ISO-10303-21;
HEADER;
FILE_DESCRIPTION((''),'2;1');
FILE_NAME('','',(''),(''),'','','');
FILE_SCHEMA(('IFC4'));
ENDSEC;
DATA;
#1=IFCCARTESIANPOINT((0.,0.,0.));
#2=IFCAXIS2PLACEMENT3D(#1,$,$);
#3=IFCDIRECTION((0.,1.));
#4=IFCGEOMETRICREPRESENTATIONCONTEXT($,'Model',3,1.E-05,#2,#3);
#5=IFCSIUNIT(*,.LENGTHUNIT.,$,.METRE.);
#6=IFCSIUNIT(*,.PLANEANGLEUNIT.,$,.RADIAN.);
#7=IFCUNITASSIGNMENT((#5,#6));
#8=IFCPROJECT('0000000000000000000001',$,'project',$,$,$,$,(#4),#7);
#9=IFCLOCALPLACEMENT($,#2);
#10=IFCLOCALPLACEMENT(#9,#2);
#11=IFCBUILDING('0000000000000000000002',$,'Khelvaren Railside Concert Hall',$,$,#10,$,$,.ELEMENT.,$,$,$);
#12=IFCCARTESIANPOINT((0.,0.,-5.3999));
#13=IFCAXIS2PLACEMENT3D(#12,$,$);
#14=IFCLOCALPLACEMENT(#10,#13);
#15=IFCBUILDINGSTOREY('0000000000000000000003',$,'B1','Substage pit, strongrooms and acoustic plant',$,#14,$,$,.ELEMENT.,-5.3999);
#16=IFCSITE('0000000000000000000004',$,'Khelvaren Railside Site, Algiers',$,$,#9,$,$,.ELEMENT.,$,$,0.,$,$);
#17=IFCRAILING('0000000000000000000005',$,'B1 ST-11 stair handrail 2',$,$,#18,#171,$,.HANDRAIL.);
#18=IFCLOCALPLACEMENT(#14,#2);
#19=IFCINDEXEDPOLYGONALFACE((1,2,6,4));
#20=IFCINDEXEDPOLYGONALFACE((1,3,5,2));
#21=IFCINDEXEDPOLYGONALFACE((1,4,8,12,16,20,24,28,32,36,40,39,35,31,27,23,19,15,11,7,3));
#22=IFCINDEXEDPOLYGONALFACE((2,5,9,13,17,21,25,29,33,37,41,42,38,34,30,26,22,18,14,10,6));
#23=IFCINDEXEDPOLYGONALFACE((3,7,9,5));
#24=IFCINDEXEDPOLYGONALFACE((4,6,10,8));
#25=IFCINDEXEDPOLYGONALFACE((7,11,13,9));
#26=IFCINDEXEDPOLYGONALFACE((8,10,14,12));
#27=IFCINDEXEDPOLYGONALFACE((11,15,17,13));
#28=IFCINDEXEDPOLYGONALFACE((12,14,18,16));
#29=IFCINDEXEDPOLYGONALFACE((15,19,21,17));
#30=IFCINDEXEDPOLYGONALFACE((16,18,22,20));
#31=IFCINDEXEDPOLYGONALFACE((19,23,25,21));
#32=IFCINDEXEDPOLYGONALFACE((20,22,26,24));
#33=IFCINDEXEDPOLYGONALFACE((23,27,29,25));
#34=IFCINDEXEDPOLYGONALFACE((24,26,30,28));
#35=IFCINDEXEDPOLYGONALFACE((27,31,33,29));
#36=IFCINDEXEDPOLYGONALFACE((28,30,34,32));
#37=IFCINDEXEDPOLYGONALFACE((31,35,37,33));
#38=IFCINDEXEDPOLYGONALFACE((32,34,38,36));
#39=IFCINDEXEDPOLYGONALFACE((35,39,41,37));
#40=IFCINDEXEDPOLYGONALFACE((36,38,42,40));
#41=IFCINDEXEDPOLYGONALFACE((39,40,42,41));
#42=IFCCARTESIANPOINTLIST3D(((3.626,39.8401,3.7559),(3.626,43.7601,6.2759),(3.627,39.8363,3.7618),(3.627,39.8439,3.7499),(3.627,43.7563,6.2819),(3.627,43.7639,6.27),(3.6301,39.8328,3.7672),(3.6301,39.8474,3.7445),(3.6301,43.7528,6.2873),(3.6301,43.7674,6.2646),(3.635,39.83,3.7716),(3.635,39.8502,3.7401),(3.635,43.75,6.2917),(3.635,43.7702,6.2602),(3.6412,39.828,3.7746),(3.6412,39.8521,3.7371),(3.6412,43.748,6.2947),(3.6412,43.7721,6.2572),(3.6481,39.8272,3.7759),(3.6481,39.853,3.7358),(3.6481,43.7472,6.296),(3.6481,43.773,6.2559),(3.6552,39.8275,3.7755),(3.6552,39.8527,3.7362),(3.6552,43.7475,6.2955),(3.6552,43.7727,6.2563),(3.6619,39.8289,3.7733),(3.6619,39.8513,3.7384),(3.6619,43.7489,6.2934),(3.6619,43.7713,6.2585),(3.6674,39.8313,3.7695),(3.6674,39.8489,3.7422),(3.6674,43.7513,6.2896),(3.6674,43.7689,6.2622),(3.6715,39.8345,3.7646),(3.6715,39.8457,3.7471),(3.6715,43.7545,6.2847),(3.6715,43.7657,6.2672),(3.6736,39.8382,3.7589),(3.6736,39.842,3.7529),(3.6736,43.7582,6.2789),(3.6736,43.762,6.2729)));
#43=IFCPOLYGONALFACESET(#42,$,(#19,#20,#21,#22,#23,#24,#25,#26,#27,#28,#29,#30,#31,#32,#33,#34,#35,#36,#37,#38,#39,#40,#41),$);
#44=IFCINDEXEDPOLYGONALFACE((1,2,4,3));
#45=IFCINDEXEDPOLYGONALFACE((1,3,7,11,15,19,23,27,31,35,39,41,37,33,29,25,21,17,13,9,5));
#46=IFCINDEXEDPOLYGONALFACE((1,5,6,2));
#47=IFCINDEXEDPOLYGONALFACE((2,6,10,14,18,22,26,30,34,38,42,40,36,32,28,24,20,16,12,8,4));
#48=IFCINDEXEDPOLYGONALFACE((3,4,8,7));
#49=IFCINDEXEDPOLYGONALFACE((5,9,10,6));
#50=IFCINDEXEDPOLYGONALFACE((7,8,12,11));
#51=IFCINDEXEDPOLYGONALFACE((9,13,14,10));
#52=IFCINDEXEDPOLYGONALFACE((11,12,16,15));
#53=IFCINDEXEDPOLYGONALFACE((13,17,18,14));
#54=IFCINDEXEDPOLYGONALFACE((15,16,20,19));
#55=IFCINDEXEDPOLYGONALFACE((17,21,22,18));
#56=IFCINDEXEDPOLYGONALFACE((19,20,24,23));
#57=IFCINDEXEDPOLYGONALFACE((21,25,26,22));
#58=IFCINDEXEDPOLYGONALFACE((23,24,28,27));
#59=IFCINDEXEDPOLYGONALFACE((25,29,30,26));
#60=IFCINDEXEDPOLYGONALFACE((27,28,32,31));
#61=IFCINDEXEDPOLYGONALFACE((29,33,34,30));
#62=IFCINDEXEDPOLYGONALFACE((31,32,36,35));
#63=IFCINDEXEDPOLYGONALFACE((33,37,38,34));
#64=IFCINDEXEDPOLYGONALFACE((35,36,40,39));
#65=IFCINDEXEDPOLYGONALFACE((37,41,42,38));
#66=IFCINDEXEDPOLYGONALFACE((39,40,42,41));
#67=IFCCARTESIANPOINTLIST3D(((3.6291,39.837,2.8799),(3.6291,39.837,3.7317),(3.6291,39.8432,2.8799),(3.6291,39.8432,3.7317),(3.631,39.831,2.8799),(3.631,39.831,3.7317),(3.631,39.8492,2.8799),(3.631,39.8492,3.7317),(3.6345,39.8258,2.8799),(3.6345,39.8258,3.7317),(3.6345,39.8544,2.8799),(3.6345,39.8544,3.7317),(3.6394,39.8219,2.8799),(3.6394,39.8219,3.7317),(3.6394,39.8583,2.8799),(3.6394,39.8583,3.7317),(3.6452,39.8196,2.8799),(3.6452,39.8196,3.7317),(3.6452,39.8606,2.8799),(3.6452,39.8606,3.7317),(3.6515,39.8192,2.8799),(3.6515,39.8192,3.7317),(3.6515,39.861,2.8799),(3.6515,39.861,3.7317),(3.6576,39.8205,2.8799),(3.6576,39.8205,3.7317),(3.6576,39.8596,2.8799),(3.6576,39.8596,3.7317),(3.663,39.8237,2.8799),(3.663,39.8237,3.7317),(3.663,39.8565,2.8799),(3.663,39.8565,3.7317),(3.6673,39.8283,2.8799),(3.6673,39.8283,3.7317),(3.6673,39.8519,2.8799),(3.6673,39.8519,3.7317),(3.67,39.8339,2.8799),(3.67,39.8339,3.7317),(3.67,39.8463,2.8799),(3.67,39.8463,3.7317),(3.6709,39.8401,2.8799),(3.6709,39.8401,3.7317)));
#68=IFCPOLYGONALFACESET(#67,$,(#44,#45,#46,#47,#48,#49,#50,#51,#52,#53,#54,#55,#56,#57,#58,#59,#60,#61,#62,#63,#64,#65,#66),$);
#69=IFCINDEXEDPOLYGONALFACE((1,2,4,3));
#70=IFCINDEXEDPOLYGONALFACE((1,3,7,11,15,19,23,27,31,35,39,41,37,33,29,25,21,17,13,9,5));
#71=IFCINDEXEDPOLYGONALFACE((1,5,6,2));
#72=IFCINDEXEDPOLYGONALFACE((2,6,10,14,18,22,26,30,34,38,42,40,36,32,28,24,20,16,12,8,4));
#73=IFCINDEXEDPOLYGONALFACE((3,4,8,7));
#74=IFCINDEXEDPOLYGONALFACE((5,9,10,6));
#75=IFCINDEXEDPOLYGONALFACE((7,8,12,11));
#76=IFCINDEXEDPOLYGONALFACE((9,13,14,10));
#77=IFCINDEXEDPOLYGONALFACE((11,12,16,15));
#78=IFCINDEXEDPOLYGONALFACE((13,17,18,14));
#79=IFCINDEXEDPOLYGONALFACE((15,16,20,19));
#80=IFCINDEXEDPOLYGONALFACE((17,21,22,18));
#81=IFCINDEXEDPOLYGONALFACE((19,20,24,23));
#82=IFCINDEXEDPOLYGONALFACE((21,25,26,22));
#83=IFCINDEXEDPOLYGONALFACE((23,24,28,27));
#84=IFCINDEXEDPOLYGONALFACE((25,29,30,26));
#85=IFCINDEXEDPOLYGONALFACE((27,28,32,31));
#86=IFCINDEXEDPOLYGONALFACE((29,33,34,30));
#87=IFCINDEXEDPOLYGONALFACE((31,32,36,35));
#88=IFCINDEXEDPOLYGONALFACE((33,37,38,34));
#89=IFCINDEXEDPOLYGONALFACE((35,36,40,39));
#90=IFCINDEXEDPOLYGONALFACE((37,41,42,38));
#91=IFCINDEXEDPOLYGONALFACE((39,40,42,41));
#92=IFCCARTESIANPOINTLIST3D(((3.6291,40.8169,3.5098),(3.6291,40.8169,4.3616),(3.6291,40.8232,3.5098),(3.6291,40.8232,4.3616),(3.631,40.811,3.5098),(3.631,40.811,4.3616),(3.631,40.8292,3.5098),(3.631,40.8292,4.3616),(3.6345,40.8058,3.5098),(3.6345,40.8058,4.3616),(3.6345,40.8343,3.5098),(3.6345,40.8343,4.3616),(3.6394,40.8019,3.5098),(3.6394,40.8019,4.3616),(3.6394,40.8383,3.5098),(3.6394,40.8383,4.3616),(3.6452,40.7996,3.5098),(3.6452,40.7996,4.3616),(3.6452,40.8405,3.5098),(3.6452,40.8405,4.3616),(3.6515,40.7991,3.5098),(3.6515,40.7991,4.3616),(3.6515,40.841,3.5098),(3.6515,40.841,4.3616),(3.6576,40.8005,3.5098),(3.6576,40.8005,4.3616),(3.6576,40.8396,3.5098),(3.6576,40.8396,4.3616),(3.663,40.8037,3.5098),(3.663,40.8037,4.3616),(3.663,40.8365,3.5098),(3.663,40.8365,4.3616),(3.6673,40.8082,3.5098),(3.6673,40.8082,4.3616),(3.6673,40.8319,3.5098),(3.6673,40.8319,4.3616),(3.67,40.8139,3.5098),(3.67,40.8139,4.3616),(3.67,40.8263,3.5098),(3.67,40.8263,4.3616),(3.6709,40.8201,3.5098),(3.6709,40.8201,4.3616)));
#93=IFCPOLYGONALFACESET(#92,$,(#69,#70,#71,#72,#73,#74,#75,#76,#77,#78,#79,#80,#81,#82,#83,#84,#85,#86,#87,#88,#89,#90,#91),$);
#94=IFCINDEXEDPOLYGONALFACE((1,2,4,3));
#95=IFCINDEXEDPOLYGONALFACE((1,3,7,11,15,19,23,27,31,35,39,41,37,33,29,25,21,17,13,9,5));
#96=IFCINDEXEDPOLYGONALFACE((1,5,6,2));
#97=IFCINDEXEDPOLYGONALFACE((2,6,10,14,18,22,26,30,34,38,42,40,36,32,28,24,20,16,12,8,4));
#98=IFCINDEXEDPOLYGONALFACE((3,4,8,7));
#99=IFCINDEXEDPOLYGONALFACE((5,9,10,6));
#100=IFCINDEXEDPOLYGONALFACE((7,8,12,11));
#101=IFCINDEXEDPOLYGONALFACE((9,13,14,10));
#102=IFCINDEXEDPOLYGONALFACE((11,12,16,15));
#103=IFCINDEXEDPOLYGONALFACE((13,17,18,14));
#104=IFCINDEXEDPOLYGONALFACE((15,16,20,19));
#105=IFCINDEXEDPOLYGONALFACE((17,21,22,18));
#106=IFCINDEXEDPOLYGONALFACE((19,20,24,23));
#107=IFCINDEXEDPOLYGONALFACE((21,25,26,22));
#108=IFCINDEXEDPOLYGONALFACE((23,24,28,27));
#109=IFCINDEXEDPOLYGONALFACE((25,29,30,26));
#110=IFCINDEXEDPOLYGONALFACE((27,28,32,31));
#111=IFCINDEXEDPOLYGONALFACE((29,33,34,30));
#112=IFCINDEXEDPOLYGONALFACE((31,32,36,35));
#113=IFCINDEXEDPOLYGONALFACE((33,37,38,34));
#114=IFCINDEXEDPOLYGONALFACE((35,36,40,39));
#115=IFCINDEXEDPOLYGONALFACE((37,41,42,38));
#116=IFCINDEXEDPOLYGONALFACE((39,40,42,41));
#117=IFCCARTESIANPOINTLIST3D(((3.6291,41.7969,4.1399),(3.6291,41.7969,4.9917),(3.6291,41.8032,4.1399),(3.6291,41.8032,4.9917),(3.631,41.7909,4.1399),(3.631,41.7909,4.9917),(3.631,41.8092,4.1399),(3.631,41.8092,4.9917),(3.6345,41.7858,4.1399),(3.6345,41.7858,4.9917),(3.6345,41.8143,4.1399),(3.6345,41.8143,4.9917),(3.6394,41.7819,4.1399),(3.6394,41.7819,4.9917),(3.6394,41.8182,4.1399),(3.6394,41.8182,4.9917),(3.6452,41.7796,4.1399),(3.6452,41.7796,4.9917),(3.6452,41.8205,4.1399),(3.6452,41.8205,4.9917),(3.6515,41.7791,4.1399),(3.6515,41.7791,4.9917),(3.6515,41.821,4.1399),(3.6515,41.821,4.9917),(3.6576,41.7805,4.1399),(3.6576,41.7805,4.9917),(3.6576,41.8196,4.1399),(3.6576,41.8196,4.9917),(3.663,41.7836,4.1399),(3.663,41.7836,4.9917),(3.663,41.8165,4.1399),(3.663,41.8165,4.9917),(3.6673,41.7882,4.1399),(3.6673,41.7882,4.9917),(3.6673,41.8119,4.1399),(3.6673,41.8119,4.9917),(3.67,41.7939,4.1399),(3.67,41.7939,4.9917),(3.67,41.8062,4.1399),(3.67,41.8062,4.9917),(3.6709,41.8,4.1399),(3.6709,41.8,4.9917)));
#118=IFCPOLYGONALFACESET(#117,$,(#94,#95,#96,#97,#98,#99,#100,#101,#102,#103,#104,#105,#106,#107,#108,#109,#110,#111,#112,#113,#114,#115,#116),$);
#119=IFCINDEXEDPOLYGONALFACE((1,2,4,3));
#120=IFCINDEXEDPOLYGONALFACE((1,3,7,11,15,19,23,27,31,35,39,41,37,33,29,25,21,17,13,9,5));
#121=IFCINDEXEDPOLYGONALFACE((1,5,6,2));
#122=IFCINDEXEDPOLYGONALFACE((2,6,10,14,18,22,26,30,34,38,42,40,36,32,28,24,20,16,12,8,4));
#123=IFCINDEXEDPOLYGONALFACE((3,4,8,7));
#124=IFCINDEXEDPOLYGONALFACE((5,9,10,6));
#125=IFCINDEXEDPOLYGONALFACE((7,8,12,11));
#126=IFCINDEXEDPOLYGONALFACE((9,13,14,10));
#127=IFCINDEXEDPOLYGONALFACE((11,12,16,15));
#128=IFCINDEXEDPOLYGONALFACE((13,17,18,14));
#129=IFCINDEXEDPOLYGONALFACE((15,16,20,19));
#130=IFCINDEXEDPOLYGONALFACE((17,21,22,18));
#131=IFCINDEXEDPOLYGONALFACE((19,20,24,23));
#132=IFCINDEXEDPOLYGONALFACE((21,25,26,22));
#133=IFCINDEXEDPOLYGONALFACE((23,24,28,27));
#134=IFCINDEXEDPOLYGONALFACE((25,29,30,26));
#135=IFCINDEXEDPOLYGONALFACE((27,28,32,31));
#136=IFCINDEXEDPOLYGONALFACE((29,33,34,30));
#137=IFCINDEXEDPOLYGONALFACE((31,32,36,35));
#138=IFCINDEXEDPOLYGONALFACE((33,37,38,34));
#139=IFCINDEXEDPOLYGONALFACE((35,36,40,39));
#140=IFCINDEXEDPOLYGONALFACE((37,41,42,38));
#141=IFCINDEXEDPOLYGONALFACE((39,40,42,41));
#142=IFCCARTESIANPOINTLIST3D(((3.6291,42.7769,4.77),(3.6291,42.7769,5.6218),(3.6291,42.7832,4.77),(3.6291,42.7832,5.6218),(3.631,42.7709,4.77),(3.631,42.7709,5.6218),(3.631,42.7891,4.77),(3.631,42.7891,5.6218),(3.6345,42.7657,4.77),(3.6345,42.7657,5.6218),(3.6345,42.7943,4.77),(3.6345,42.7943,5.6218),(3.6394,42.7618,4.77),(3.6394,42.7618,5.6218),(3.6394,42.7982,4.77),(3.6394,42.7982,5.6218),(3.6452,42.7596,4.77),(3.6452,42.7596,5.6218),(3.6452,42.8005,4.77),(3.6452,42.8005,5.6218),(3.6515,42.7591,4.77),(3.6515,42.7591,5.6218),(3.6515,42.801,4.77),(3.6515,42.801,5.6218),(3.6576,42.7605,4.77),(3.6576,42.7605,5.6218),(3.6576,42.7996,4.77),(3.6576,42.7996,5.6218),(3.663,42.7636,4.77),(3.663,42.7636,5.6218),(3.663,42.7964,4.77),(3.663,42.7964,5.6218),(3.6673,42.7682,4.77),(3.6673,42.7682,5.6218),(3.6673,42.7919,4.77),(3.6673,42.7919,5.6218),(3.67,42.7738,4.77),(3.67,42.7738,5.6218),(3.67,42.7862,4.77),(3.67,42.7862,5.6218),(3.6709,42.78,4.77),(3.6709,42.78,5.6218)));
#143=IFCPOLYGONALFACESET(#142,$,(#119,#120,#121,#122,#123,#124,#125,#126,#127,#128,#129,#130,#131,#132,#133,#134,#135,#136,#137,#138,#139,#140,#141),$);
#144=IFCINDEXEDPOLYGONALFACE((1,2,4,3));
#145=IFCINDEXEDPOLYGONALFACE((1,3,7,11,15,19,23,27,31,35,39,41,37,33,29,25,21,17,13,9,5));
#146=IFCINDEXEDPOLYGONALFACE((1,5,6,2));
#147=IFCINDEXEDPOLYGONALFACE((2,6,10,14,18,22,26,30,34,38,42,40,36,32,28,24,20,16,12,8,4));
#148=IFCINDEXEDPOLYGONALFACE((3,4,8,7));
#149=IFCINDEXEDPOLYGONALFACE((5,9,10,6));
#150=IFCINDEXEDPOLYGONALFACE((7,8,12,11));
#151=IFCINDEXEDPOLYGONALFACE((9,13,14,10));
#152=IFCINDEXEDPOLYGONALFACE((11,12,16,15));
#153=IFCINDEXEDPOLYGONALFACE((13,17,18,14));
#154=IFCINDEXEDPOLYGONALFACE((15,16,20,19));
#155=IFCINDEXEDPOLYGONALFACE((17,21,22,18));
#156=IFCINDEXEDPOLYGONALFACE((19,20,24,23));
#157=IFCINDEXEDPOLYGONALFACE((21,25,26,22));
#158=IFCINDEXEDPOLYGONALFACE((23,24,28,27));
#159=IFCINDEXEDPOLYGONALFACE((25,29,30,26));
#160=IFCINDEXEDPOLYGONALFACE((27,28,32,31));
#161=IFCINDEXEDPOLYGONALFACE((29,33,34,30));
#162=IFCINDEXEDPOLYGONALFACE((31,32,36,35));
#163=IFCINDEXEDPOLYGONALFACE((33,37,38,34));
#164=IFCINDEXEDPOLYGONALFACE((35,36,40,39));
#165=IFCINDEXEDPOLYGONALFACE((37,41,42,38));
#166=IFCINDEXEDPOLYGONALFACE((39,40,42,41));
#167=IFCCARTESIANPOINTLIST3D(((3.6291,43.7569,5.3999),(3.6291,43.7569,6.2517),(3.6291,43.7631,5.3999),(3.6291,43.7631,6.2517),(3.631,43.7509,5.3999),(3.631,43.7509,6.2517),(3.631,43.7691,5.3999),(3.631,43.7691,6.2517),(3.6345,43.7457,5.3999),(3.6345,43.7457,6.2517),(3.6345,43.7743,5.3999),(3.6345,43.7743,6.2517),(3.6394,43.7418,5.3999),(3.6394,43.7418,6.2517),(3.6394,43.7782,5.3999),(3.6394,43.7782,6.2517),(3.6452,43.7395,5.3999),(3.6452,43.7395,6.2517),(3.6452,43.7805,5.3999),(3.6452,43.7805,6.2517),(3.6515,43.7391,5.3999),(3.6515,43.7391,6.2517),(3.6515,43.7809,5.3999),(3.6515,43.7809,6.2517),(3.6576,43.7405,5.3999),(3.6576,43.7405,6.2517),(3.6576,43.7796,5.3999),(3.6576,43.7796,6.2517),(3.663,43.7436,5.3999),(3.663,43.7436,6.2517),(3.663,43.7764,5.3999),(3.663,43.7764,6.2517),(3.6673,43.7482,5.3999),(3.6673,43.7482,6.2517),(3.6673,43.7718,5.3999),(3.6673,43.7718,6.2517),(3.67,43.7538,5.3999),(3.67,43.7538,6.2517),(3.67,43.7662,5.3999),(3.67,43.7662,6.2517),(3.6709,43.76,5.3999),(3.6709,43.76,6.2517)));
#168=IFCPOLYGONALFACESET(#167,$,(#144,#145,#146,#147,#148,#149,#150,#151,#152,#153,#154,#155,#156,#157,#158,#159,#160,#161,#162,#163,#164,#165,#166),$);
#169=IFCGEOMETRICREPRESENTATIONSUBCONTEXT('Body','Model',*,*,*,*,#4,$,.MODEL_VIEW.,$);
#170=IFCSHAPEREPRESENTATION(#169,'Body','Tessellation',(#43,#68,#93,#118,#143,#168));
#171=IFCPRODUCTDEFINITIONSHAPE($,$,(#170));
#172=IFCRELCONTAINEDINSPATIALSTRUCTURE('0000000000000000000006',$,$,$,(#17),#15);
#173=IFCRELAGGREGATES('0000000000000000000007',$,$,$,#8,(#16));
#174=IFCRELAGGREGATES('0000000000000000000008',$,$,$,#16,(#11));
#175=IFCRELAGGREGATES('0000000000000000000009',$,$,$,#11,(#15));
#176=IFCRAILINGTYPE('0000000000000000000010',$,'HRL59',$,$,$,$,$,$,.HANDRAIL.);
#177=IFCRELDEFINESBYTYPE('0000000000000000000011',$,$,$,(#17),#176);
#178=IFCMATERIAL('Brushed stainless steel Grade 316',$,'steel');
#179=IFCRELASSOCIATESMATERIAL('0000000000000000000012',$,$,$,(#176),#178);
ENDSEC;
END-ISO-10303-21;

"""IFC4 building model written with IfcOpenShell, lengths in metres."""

from ifc_helpers import new_model, si_unit, direction, frame, origin, origin_2d, place, context, subcontext, project, spatial, circle, extrude, material, type_object, element, save


model = new_model("IFC4")

# Units and contexts
model_context = context("Model", 3, precision=1e-05, world=origin(), true_north=direction((0.0, 1.0)))
body_context = subcontext(model_context, "Body", "Model", "MODEL_VIEW")
ifc_project = project(units=[si_unit("LENGTHUNIT", "METRE"), si_unit("PLANEANGLEUNIT", "RADIAN")], contexts=[model_context])

# Site, building, storey
site_placement = place(None, origin())
site = spatial("IfcSite", under=ifc_project, at=site_placement, Name="Khelvaren Railside Site, Algiers", CompositionType="ELEMENT", RefElevation=0.0)
building_placement = place(site_placement, origin())
building = spatial("IfcBuilding", under=site, at=building_placement, Name="Khelvaren Railside Concert Hall", CompositionType="ELEMENT")
storey_placement = place(building_placement, frame((0.0, 0.0, -5.3999)))
storey = spatial("IfcBuildingStorey", under=building, at=storey_placement, Name="B1", Description="Substage pit, strongrooms and acoustic plant", CompositionType="ELEMENT", Elevation=-5.3999)

# Railing
ifc_material_1 = material(Name="Brushed stainless steel Grade 316", Category="steel")
railing_type_1 = type_object("IfcRailingType", Name="HRL59", PredefinedType="HANDRAIL", material=ifc_material_1)
railing_1_placement = place(storey_placement, frame((3.6499, 39.8401, 2.8799)))
element("IfcRailing", 1, at=railing_1_placement, inside=storey, type_object=railing_type_1, Name="B1 ST-11 stair handrail 2", PredefinedType="HANDRAIL", context=body_context, shape_type="SweptSolid", body=[
    extrude(circle(Radius=0.0239, at=origin_2d()), frame((0.0, 0.0, 0.876), z_axis=(0.0, 0.841172, 0.540768), x_axis=(-1.0, 0.0, 0.0)), (0.0, 0.0, 1.0), 4.6602),
    extrude(circle(Radius=0.021, at=origin_2d()), origin(), (0.0, 0.0, 1.0), 0.8518),
    extrude(circle(Radius=0.021, at=origin_2d()), frame((0.0, 0.98, 0.6299)), (0.0, 0.0, 1.0), 0.8518),
    extrude(circle(Radius=0.021, at=origin_2d()), frame((0.0, 1.96, 1.26)), (0.0, 0.0, 1.0), 0.8518),
    extrude(circle(Radius=0.021, at=origin_2d()), frame((0.0, 2.9399, 1.8901)), (0.0, 0.0, 1.0), 0.8518),
    extrude(circle(Radius=0.021, at=origin_2d()), frame((0.0, 3.9199, 2.52)), (0.0, 0.0, 1.0), 0.8518),
])

save(model, "model.ifc")
